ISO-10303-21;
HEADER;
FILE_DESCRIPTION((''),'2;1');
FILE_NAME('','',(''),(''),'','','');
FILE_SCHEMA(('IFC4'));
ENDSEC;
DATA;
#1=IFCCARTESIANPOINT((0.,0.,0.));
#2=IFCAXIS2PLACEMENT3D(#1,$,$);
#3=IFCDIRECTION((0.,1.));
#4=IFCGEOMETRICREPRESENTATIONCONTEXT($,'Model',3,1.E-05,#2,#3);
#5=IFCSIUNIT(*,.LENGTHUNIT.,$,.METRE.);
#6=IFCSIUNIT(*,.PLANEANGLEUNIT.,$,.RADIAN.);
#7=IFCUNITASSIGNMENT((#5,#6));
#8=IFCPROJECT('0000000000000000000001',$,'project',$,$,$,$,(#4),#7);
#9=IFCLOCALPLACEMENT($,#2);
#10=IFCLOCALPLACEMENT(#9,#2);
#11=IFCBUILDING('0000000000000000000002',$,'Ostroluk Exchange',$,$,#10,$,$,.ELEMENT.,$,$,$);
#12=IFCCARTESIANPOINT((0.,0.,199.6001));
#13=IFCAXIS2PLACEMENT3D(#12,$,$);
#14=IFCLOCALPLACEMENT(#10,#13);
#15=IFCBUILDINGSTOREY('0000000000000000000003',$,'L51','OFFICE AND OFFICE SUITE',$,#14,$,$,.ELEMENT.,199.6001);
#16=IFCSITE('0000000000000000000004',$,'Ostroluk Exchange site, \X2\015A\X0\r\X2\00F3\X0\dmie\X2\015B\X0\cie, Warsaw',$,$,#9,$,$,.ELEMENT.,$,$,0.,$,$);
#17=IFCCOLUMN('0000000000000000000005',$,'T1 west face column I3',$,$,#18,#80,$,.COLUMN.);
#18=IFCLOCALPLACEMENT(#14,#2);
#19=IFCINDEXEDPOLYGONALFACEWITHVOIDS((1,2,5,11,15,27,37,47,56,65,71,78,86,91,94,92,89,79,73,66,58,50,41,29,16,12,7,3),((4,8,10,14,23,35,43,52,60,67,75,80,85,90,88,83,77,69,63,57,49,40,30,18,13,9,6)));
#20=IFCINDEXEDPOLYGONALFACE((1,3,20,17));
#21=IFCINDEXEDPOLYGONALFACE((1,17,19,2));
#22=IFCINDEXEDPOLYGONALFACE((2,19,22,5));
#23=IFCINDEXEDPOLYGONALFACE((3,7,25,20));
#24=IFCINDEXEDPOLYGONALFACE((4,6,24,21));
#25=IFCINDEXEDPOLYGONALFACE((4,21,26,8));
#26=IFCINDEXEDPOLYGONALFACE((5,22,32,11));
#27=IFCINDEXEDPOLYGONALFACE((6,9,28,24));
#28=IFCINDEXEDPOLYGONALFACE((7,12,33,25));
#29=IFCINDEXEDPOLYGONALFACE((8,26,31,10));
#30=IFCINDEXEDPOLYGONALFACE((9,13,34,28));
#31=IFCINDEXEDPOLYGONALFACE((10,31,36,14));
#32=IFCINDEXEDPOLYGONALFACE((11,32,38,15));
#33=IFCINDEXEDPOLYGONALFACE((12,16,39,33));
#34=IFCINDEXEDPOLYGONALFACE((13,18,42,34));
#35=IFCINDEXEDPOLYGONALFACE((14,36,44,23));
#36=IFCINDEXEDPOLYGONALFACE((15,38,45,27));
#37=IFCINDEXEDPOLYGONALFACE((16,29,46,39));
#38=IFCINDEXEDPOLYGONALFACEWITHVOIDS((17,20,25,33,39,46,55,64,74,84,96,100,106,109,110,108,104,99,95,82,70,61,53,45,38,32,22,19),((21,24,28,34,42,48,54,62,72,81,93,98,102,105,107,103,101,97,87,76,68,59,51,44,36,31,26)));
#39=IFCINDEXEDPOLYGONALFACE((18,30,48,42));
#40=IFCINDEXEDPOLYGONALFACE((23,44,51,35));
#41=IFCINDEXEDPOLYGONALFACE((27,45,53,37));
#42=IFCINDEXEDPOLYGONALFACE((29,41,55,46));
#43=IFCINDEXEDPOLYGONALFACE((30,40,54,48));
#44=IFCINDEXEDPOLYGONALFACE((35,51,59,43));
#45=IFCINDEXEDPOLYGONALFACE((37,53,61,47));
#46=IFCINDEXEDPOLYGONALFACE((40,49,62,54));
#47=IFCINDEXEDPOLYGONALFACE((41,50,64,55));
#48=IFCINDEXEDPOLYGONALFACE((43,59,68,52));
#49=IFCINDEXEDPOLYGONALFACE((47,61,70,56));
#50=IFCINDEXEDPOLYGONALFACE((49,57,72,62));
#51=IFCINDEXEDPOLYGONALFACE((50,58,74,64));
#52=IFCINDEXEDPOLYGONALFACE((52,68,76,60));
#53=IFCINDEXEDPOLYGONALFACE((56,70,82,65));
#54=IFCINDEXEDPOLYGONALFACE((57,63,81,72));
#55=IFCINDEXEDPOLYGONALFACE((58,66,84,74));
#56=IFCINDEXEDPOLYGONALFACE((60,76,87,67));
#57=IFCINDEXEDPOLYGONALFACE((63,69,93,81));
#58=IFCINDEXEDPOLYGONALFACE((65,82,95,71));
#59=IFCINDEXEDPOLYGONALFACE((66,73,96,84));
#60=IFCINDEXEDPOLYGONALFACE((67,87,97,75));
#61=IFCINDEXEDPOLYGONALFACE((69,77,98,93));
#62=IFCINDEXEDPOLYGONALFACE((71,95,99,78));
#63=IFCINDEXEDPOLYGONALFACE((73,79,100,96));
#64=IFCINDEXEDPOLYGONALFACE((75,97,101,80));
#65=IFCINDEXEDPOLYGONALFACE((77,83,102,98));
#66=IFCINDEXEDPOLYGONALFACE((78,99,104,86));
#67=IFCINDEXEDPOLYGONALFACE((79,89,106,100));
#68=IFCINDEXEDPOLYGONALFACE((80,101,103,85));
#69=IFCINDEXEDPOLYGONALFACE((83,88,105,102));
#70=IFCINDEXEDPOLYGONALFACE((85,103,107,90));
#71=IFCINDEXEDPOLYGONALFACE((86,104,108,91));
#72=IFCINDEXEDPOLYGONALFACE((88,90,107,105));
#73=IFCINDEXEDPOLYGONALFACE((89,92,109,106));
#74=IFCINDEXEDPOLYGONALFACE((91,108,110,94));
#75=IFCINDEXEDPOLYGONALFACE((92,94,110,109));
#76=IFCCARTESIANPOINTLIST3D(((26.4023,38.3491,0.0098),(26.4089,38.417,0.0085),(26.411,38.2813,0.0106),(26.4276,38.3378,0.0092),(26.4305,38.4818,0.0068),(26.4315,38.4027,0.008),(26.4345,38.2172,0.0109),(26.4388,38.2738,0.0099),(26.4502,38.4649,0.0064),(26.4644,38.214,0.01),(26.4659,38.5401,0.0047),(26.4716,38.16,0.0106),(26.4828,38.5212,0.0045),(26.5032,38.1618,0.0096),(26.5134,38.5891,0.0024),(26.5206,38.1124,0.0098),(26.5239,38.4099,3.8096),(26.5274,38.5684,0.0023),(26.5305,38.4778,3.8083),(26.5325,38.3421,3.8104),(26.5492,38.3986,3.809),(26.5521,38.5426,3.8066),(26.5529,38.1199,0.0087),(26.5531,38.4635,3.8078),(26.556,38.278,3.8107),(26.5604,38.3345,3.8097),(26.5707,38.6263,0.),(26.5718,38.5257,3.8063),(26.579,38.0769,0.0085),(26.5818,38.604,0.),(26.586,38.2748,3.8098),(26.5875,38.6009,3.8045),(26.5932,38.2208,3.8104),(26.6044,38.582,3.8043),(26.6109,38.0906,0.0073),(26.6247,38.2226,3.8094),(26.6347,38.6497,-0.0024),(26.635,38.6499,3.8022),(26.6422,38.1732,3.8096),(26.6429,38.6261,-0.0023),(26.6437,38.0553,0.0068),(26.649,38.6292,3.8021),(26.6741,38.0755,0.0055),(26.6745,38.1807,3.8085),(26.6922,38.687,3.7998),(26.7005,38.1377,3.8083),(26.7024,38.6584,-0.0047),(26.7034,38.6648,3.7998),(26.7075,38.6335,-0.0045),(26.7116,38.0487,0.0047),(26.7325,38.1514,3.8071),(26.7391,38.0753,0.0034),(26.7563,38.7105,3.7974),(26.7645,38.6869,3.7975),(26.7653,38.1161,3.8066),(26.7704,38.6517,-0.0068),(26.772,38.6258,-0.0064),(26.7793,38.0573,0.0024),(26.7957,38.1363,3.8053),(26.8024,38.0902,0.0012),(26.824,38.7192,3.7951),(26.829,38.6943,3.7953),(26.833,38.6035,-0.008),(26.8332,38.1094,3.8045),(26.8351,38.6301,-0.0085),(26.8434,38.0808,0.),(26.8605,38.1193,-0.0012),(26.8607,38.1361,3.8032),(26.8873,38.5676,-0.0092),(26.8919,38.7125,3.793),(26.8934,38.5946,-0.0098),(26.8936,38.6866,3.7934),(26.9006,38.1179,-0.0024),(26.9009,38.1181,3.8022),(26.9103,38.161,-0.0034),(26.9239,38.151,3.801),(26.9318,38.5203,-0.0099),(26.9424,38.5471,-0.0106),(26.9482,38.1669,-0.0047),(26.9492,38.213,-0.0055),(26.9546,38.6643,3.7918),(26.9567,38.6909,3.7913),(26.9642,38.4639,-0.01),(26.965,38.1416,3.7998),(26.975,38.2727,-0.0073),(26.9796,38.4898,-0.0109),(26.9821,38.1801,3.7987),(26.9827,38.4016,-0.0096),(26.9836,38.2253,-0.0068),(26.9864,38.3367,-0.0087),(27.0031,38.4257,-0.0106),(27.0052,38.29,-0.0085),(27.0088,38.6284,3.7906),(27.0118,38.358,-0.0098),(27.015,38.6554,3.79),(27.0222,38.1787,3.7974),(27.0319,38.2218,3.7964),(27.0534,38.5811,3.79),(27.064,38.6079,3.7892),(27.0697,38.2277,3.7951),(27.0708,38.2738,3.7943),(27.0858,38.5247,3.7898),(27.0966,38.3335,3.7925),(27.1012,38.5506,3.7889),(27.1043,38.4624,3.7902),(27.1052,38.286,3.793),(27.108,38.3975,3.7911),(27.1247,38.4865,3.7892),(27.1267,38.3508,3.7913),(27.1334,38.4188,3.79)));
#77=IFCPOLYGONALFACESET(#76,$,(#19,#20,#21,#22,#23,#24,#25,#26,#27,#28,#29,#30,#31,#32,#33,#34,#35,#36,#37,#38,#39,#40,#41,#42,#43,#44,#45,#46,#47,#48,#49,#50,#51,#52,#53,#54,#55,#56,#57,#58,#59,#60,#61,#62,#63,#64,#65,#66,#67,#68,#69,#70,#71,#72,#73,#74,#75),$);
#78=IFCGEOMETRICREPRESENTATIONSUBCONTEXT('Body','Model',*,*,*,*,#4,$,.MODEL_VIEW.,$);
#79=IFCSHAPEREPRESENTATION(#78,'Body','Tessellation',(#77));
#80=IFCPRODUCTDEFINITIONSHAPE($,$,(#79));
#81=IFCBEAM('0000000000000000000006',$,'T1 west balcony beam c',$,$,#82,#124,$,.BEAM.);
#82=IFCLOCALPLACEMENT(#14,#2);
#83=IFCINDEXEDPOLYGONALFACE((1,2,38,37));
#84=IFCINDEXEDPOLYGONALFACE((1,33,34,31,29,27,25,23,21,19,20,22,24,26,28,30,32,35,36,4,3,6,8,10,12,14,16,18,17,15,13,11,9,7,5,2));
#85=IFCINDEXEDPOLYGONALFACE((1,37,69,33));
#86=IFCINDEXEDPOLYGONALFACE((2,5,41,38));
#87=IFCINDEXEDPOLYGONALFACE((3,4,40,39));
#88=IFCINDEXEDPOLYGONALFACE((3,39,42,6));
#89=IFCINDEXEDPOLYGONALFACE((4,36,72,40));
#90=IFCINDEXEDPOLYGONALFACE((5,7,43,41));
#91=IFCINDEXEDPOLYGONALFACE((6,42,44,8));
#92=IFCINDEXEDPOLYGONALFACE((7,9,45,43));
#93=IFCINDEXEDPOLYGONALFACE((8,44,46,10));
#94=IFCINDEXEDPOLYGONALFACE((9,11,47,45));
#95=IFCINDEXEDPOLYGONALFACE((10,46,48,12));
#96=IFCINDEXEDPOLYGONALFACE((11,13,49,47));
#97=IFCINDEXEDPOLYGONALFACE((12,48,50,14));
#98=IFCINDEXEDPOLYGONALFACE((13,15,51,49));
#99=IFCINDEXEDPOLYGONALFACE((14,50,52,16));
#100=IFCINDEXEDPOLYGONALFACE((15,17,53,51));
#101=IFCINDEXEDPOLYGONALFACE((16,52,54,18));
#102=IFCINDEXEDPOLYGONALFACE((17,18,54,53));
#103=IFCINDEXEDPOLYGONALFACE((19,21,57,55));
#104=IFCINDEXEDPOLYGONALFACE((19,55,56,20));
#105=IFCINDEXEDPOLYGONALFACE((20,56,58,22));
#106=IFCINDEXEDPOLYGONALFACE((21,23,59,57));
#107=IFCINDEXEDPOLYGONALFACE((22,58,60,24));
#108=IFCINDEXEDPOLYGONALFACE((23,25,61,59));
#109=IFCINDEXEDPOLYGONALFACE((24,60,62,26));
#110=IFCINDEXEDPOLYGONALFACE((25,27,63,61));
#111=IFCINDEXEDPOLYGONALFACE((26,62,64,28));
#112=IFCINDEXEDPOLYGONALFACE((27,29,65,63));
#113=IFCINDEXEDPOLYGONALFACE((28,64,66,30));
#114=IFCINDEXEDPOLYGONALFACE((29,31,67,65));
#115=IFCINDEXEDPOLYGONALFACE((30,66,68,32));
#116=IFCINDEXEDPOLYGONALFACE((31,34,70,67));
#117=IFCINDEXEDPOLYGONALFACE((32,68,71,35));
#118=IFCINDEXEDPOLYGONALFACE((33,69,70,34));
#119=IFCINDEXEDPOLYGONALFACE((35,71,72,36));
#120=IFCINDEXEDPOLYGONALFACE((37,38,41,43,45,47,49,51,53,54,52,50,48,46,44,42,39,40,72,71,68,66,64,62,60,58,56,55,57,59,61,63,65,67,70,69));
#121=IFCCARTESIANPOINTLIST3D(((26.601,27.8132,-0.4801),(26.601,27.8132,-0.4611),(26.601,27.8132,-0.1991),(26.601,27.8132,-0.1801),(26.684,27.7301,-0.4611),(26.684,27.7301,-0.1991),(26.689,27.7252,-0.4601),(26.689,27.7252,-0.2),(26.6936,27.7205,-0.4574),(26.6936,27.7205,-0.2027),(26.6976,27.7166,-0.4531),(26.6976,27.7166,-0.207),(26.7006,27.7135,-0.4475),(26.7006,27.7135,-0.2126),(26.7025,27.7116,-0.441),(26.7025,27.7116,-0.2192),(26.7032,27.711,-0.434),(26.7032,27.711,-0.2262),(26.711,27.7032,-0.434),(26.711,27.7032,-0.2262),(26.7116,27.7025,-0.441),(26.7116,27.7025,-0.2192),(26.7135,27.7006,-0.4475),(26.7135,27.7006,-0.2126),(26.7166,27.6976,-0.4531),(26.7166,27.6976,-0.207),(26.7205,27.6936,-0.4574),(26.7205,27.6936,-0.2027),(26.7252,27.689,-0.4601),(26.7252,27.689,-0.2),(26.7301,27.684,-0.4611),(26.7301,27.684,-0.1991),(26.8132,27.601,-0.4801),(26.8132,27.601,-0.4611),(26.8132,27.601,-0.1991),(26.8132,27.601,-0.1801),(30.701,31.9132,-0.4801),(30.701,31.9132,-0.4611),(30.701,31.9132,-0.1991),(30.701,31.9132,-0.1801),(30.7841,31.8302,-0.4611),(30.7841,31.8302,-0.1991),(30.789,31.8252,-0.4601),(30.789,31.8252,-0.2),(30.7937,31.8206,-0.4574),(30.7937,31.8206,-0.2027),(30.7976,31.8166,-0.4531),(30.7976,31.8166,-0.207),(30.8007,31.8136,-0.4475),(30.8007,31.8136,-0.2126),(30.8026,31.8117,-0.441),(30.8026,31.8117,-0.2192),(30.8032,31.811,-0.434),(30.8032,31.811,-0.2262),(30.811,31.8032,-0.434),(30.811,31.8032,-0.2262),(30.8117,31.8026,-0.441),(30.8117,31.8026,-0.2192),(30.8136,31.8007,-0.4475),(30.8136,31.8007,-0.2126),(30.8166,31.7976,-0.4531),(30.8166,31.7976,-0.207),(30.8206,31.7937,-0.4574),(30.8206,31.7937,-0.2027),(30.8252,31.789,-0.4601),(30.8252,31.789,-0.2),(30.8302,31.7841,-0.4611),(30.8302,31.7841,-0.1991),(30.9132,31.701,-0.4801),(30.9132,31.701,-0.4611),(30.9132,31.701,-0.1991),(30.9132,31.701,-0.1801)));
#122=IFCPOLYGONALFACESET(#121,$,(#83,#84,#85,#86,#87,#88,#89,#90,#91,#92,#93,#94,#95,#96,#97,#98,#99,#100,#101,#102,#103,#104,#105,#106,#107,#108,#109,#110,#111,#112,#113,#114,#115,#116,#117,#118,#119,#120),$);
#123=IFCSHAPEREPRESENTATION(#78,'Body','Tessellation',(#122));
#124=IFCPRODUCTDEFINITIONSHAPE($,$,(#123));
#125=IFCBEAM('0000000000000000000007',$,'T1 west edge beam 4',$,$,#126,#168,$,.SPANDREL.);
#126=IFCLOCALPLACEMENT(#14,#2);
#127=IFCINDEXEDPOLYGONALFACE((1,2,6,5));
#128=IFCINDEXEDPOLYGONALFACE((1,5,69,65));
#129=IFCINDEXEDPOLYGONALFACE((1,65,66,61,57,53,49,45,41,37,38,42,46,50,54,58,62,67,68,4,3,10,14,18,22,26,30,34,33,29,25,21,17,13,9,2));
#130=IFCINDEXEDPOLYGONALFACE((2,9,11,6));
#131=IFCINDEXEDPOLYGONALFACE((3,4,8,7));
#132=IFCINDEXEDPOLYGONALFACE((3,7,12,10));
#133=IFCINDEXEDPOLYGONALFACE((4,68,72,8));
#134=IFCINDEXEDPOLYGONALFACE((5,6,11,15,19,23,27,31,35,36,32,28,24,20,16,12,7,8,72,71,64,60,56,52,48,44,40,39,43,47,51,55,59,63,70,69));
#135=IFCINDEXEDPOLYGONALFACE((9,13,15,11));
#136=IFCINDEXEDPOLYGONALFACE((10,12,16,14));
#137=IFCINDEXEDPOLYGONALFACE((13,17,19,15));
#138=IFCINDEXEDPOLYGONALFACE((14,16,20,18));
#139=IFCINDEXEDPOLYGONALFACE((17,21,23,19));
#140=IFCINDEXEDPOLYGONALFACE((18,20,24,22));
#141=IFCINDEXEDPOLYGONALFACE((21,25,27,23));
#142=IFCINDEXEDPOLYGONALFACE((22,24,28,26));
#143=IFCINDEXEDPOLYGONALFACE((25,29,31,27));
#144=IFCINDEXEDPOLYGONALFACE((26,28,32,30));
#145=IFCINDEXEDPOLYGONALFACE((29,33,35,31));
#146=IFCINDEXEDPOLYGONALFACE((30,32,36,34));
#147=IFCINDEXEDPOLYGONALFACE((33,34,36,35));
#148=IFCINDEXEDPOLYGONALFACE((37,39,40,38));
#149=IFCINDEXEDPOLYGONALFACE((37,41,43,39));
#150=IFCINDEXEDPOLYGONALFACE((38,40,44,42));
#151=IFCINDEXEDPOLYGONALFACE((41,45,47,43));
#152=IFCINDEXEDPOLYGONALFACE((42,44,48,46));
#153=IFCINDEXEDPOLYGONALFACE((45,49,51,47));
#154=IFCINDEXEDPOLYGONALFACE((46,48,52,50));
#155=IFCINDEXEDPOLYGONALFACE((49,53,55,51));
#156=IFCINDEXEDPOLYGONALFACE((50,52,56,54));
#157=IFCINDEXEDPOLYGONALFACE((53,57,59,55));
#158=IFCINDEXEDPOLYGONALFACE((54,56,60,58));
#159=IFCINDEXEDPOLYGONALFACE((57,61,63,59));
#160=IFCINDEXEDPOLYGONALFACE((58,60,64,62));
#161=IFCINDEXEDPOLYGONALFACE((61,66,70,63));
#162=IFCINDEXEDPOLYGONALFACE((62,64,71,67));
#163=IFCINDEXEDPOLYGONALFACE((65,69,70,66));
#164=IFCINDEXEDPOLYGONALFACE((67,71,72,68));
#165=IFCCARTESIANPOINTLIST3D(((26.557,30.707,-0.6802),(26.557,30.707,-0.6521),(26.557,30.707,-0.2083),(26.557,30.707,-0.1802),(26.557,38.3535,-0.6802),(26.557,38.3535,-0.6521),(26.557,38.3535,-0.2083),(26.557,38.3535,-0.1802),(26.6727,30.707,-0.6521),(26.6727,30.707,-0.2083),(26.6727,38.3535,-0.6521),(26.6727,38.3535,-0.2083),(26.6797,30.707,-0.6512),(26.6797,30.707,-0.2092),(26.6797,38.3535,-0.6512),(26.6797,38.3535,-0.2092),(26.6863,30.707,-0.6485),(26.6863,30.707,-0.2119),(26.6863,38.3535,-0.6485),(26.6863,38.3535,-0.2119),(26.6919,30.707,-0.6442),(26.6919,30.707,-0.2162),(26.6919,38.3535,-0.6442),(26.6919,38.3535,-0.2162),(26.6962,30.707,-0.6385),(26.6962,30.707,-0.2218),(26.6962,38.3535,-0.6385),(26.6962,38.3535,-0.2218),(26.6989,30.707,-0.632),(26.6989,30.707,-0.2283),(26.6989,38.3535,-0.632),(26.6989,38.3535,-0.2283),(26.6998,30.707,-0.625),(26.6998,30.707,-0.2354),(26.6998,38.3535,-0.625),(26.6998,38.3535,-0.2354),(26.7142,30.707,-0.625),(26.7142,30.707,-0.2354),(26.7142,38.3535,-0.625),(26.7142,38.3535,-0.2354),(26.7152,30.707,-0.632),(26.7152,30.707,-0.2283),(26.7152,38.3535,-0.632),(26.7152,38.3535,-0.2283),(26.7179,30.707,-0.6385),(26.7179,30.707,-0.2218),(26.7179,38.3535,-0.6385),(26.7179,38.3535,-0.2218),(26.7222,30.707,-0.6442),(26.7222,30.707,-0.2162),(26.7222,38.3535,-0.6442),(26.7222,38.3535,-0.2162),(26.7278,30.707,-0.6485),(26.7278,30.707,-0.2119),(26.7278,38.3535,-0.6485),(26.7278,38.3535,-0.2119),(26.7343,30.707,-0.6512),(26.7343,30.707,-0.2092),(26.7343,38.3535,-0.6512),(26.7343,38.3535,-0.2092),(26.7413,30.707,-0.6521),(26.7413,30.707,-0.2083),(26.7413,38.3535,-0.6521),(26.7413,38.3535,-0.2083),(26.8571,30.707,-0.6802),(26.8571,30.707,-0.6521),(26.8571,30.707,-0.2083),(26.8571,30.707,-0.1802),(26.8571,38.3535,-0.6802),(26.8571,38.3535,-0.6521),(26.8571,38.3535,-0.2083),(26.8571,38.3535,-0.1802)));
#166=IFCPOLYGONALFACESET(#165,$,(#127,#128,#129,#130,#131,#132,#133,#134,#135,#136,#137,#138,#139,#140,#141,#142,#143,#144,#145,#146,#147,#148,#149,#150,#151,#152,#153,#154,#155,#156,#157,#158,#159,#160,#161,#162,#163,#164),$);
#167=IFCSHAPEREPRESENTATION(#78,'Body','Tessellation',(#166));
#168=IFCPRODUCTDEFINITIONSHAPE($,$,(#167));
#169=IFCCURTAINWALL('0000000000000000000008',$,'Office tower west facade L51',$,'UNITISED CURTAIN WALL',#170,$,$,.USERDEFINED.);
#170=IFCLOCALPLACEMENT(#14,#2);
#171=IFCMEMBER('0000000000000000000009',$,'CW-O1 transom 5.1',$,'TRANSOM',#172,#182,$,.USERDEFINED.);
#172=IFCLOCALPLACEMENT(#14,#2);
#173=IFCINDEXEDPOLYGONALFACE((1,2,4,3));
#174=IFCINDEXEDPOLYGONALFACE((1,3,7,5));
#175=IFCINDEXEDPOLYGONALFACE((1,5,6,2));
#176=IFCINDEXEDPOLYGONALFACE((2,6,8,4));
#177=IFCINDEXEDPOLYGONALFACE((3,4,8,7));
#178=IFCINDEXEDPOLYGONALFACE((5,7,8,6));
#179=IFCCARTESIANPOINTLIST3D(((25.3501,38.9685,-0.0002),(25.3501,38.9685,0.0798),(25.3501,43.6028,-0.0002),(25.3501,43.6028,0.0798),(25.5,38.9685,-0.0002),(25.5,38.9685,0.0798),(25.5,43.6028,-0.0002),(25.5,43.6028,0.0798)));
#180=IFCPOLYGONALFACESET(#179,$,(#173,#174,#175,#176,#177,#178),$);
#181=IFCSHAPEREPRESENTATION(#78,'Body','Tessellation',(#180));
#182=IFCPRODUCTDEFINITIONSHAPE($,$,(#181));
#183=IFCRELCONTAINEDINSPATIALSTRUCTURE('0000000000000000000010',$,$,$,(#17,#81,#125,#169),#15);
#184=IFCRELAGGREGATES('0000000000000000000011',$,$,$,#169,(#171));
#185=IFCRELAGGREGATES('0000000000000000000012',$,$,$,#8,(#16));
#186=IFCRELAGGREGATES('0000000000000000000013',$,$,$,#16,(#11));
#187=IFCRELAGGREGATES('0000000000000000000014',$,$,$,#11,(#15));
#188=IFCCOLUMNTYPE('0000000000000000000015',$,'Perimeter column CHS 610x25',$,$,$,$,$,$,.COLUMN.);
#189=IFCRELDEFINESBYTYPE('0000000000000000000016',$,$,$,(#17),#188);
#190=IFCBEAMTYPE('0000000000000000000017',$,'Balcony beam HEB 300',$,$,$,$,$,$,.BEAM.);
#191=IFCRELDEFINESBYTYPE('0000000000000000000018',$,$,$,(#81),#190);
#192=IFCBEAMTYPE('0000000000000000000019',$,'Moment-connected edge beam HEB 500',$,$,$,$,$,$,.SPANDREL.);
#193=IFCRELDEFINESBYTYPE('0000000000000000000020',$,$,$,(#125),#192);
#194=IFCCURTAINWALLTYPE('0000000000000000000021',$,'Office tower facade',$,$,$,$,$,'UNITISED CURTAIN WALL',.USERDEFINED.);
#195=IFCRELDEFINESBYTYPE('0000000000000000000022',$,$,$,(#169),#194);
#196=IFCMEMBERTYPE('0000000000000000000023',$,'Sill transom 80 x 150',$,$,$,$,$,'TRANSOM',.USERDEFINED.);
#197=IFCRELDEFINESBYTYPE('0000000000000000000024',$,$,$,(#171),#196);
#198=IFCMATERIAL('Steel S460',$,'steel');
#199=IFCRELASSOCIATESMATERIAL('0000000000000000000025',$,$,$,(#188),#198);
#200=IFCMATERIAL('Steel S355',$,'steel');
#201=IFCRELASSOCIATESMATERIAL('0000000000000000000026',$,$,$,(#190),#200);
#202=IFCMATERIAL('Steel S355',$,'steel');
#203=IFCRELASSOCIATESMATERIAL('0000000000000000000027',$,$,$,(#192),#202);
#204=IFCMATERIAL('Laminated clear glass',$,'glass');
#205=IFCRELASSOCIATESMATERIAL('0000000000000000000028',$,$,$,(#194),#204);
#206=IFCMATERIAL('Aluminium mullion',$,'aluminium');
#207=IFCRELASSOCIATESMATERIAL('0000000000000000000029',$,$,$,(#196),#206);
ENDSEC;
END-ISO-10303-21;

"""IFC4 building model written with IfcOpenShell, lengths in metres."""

from ifc_helpers import new_model, si_unit, direction, frame, origin, origin_2d, place, context, subcontext, project, spatial, rectangle, hollow_circle, i_section, extrude, material, material_profile, profile_set, type_object, element, aggregate, save


model = new_model("IFC4")

# Units and contexts
model_context = context("Model", 3, precision=1e-05, world=origin(), true_north=direction((0.0, 1.0)))
body_context = subcontext(model_context, "Body", "Model", "MODEL_VIEW")
ifc_project = project(units=[si_unit("LENGTHUNIT", "METRE"), si_unit("PLANEANGLEUNIT", "RADIAN")], contexts=[model_context])

# Site, building, storey
site_placement = place(None, origin())
site = spatial("IfcSite", under=ifc_project, at=site_placement, Name="Ostroluk Exchange site, Śródmieście, Warsaw", CompositionType="ELEMENT", RefElevation=0.0)
building_placement = place(site_placement, origin())
building = spatial("IfcBuilding", under=site, at=building_placement, Name="Ostroluk Exchange", CompositionType="ELEMENT")
storey_placement = place(building_placement, frame((0.0, 0.0, 199.6001)))
storey = spatial("IfcBuildingStorey", under=building, at=storey_placement, Name="L51", Description="OFFICE AND OFFICE SUITE", CompositionType="ELEMENT", Elevation=199.6001)

# Column
ifc_material_1 = material(Name="Steel S460", Category="steel")
ifc_material_profile_1 = material_profile(ifc_material_1, hollow_circle(Radius=0.3049, WallThickness=0.0249, at=origin_2d()), Name="CHS 610x25")
ifc_profile_set_1 = profile_set([ifc_material_profile_1], Name="Steel S460")
column_type = type_object("IfcColumnType", Name="Perimeter column CHS 610x25", PredefinedType="COLUMN", material=ifc_profile_set_1)
column_placement = place(storey_placement, frame((26.707, 38.3535, 0.0), z_axis=(0.031976, 0.015988, 0.999361), x_axis=(-0.447214, 0.894427, 0.0)))
element("IfcColumn", 1, at=column_placement, inside=storey, type_object=column_type, Name="T1 west face column I3", PredefinedType="COLUMN", context=body_context, shape_type="SweptSolid", body=[
    extrude(hollow_circle(Radius=0.3049, WallThickness=0.0249, at=origin_2d()), origin(), (0.0, 0.0, 1.0), 3.8022),
])

# Beams
ifc_material_2 = material(Name="Steel S355", Category="steel")
ifc_material_profile_2 = material_profile(ifc_material_2, i_section(OverallWidth=0.3, OverallDepth=0.3, WebThickness=0.011, FlangeThickness=0.019, FilletRadius=0.0271, at=origin_2d()), Name="HEB 300")
ifc_profile_set_2 = profile_set([ifc_material_profile_2], Name="Steel S355")
beam_type_1 = type_object("IfcBeamType", Name="Balcony beam HEB 300", PredefinedType="BEAM", material=ifc_profile_set_2)
beam_1_placement = place(storey_placement, frame((30.8071, 31.8071, -0.3301), z_axis=(-0.707107, -0.707107, 0.0), x_axis=(0.707107, -0.707107, 0.0)))
element("IfcBeam", 2, at=beam_1_placement, inside=storey, type_object=beam_type_1, Name="T1 west balcony beam c", PredefinedType="BEAM", context=body_context, shape_type="SweptSolid", body=[
    extrude(i_section(OverallWidth=0.3, OverallDepth=0.3, WebThickness=0.011, FlangeThickness=0.019, FilletRadius=0.0271, at=origin_2d()), origin(), (0.0, 0.0, 1.0), 5.7983),
])
ifc_material_3 = material(Name="Steel S355", Category="steel")
ifc_material_profile_3 = material_profile(ifc_material_3, i_section(OverallWidth=0.3, OverallDepth=0.5, WebThickness=0.0144, FlangeThickness=0.0281, FilletRadius=0.0271, at=origin_2d()), Name="HEB 500")
ifc_profile_set_3 = profile_set([ifc_material_profile_3], Name="Steel S355")
beam_type_2 = type_object("IfcBeamType", Name="Moment-connected edge beam HEB 500", PredefinedType="SPANDREL", material=ifc_profile_set_3)
beam_2_placement = place(storey_placement, frame((26.707, 38.3535, -0.4302), z_axis=(0.0, -1.0, 0.0), x_axis=(1.0, 0.0, 0.0)))
element("IfcBeam", 3, at=beam_2_placement, inside=storey, type_object=beam_type_2, Name="T1 west edge beam 4", PredefinedType="SPANDREL", context=body_context, shape_type="SweptSolid", body=[
    extrude(i_section(OverallWidth=0.3, OverallDepth=0.5, WebThickness=0.0144, FlangeThickness=0.0281, FilletRadius=0.0271, at=origin_2d()), origin(), (0.0, 0.0, 1.0), 7.6465),
])

# Curtain wall, member
ifc_material_4 = material(Name="Laminated clear glass", Category="glass")
curtain_wall_type = type_object("IfcCurtainWallType", Name="Office tower facade", ElementType="UNITISED CURTAIN WALL", PredefinedType="USERDEFINED", material=ifc_material_4)
curtain_wall_placement = place(storey_placement, origin())
curtain_wall = element("IfcCurtainWall", 4, at=curtain_wall_placement, inside=storey, type_object=curtain_wall_type, Name="Office tower west facade L51", ObjectType="UNITISED CURTAIN WALL", PredefinedType="USERDEFINED")
ifc_material_5 = material(Name="Aluminium mullion", Category="aluminium")
ifc_material_profile_4 = material_profile(ifc_material_5, rectangle(XDim=0.1499, YDim=0.0801, at=origin_2d()), Name="Sill transom 80 x 150")
ifc_profile_set_4 = profile_set([ifc_material_profile_4], Name="Aluminium mullion")
member_type_1 = type_object("IfcMemberType", Name="Sill transom 80 x 150", ElementType="TRANSOM", PredefinedType="USERDEFINED", material=ifc_profile_set_4)
member_1_placement = place(storey_placement, frame((25.425, 43.6028, 0.0398), z_axis=(0.0, -1.0, 0.0), x_axis=(1.0, 0.0, 0.0)))
member_1 = element("IfcMember", 5, at=member_1_placement, type_object=member_type_1, Name="CW-O1 transom 5.1", ObjectType="TRANSOM", PredefinedType="USERDEFINED", context=body_context, shape_type="SweptSolid", body=[
    extrude(rectangle(XDim=0.1499, YDim=0.0801, at=origin_2d()), origin(), (0.0, 0.0, 1.0), 4.6343),
])
aggregate(curtain_wall, [member_1])

save(model, "model.ifc")
